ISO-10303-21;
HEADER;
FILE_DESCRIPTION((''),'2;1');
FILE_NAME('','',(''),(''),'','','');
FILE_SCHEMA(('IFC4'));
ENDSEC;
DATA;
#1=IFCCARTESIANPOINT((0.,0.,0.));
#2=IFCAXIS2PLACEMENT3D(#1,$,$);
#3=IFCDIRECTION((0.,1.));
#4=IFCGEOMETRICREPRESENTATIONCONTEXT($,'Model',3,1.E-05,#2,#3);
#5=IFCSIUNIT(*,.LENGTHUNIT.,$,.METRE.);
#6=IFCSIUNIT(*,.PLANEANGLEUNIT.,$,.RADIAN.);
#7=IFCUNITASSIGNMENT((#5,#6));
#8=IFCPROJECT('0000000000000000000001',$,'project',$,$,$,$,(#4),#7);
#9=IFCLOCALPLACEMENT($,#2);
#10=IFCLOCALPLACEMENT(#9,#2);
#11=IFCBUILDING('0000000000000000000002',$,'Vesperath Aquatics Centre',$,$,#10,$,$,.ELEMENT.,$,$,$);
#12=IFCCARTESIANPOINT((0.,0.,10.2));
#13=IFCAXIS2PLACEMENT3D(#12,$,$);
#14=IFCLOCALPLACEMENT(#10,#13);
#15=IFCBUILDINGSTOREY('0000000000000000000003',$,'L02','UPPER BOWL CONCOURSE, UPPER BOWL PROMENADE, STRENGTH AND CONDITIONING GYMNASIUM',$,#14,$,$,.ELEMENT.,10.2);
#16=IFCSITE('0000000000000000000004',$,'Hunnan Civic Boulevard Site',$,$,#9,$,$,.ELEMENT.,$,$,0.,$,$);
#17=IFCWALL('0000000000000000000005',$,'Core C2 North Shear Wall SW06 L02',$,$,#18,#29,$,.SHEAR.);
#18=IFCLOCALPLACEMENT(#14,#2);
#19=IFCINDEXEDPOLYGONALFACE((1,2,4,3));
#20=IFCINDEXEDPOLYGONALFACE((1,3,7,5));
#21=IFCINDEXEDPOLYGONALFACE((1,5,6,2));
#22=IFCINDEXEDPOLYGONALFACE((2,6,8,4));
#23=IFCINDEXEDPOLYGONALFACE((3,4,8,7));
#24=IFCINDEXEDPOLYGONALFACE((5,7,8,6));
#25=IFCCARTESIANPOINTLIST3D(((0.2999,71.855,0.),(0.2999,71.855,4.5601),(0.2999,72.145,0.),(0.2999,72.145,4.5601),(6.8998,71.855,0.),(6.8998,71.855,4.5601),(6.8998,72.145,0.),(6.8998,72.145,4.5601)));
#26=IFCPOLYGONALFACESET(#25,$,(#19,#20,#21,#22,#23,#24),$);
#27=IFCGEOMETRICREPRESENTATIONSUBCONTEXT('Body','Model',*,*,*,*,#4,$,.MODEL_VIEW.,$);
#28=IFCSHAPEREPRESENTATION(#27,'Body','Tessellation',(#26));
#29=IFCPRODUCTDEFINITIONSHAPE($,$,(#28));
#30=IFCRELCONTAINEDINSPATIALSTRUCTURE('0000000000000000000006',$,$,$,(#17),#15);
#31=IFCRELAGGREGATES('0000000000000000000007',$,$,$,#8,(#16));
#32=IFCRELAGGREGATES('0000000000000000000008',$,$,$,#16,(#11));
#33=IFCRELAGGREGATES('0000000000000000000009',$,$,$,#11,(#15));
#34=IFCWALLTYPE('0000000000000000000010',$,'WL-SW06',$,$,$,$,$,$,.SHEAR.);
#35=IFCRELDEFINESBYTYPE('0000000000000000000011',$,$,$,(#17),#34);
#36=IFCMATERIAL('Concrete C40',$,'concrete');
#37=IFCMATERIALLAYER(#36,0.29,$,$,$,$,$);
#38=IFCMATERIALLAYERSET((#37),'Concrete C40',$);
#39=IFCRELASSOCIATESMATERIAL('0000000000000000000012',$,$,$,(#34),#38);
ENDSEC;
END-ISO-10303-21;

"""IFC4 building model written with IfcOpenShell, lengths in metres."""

from ifc_helpers import new_model, si_unit, direction, frame, frame_2d, origin, place, context, subcontext, project, spatial, rectangle, extrude, material, layer, layer_set, type_object, element, save


model = new_model("IFC4")

# Units and contexts
model_context = context("Model", 3, precision=1e-05, world=origin(), true_north=direction((0.0, 1.0)))
body_context = subcontext(model_context, "Body", "Model", "MODEL_VIEW")
ifc_project = project(units=[si_unit("LENGTHUNIT", "METRE"), si_unit("PLANEANGLEUNIT", "RADIAN")], contexts=[model_context])

# Site, building, storey
site_placement = place(None, origin())
site = spatial("IfcSite", under=ifc_project, at=site_placement, Name="Hunnan Civic Boulevard Site", CompositionType="ELEMENT", RefElevation=0.0)
building_placement = place(site_placement, origin())
building = spatial("IfcBuilding", under=site, at=building_placement, Name="Vesperath Aquatics Centre", CompositionType="ELEMENT")
storey_placement = place(building_placement, frame((0.0, 0.0, 10.2)))
storey = spatial("IfcBuildingStorey", under=building, at=storey_placement, Name="L02", Description="UPPER BOWL CONCOURSE, UPPER BOWL PROMENADE, STRENGTH AND CONDITIONING GYMNASIUM", CompositionType="ELEMENT", Elevation=10.2)

# Shared definitions
ifc_material_1 = material(Name="Concrete C40", Category="concrete")

# Wall
ifc_layer_1 = layer(ifc_material_1, 0.29)
ifc_layer_set_1 = layer_set([ifc_layer_1], Name="Concrete C40")
wall_type_1 = type_object("IfcWallType", Name="WL-SW06", PredefinedType="SHEAR", material=ifc_layer_set_1)
wall_1_placement = place(storey_placement, frame((0.3, 72.0, 0.0), z_axis=(0.0, 0.0, 1.0), x_axis=(1.0, 0.0, 0.0)))
element("IfcWall", 1, at=wall_1_placement, inside=storey, type_object=wall_type_1, Name="Core C2 North Shear Wall SW06 L02", PredefinedType="SHEAR", context=body_context, shape_type="SweptSolid", body=[
    extrude(rectangle(XDim=6.5999, YDim=0.29, at=frame_2d((3.2998, 0.0))), origin(), (0.0, 0.0, 1.0), 4.5601),
])

save(model, "model.ifc")
